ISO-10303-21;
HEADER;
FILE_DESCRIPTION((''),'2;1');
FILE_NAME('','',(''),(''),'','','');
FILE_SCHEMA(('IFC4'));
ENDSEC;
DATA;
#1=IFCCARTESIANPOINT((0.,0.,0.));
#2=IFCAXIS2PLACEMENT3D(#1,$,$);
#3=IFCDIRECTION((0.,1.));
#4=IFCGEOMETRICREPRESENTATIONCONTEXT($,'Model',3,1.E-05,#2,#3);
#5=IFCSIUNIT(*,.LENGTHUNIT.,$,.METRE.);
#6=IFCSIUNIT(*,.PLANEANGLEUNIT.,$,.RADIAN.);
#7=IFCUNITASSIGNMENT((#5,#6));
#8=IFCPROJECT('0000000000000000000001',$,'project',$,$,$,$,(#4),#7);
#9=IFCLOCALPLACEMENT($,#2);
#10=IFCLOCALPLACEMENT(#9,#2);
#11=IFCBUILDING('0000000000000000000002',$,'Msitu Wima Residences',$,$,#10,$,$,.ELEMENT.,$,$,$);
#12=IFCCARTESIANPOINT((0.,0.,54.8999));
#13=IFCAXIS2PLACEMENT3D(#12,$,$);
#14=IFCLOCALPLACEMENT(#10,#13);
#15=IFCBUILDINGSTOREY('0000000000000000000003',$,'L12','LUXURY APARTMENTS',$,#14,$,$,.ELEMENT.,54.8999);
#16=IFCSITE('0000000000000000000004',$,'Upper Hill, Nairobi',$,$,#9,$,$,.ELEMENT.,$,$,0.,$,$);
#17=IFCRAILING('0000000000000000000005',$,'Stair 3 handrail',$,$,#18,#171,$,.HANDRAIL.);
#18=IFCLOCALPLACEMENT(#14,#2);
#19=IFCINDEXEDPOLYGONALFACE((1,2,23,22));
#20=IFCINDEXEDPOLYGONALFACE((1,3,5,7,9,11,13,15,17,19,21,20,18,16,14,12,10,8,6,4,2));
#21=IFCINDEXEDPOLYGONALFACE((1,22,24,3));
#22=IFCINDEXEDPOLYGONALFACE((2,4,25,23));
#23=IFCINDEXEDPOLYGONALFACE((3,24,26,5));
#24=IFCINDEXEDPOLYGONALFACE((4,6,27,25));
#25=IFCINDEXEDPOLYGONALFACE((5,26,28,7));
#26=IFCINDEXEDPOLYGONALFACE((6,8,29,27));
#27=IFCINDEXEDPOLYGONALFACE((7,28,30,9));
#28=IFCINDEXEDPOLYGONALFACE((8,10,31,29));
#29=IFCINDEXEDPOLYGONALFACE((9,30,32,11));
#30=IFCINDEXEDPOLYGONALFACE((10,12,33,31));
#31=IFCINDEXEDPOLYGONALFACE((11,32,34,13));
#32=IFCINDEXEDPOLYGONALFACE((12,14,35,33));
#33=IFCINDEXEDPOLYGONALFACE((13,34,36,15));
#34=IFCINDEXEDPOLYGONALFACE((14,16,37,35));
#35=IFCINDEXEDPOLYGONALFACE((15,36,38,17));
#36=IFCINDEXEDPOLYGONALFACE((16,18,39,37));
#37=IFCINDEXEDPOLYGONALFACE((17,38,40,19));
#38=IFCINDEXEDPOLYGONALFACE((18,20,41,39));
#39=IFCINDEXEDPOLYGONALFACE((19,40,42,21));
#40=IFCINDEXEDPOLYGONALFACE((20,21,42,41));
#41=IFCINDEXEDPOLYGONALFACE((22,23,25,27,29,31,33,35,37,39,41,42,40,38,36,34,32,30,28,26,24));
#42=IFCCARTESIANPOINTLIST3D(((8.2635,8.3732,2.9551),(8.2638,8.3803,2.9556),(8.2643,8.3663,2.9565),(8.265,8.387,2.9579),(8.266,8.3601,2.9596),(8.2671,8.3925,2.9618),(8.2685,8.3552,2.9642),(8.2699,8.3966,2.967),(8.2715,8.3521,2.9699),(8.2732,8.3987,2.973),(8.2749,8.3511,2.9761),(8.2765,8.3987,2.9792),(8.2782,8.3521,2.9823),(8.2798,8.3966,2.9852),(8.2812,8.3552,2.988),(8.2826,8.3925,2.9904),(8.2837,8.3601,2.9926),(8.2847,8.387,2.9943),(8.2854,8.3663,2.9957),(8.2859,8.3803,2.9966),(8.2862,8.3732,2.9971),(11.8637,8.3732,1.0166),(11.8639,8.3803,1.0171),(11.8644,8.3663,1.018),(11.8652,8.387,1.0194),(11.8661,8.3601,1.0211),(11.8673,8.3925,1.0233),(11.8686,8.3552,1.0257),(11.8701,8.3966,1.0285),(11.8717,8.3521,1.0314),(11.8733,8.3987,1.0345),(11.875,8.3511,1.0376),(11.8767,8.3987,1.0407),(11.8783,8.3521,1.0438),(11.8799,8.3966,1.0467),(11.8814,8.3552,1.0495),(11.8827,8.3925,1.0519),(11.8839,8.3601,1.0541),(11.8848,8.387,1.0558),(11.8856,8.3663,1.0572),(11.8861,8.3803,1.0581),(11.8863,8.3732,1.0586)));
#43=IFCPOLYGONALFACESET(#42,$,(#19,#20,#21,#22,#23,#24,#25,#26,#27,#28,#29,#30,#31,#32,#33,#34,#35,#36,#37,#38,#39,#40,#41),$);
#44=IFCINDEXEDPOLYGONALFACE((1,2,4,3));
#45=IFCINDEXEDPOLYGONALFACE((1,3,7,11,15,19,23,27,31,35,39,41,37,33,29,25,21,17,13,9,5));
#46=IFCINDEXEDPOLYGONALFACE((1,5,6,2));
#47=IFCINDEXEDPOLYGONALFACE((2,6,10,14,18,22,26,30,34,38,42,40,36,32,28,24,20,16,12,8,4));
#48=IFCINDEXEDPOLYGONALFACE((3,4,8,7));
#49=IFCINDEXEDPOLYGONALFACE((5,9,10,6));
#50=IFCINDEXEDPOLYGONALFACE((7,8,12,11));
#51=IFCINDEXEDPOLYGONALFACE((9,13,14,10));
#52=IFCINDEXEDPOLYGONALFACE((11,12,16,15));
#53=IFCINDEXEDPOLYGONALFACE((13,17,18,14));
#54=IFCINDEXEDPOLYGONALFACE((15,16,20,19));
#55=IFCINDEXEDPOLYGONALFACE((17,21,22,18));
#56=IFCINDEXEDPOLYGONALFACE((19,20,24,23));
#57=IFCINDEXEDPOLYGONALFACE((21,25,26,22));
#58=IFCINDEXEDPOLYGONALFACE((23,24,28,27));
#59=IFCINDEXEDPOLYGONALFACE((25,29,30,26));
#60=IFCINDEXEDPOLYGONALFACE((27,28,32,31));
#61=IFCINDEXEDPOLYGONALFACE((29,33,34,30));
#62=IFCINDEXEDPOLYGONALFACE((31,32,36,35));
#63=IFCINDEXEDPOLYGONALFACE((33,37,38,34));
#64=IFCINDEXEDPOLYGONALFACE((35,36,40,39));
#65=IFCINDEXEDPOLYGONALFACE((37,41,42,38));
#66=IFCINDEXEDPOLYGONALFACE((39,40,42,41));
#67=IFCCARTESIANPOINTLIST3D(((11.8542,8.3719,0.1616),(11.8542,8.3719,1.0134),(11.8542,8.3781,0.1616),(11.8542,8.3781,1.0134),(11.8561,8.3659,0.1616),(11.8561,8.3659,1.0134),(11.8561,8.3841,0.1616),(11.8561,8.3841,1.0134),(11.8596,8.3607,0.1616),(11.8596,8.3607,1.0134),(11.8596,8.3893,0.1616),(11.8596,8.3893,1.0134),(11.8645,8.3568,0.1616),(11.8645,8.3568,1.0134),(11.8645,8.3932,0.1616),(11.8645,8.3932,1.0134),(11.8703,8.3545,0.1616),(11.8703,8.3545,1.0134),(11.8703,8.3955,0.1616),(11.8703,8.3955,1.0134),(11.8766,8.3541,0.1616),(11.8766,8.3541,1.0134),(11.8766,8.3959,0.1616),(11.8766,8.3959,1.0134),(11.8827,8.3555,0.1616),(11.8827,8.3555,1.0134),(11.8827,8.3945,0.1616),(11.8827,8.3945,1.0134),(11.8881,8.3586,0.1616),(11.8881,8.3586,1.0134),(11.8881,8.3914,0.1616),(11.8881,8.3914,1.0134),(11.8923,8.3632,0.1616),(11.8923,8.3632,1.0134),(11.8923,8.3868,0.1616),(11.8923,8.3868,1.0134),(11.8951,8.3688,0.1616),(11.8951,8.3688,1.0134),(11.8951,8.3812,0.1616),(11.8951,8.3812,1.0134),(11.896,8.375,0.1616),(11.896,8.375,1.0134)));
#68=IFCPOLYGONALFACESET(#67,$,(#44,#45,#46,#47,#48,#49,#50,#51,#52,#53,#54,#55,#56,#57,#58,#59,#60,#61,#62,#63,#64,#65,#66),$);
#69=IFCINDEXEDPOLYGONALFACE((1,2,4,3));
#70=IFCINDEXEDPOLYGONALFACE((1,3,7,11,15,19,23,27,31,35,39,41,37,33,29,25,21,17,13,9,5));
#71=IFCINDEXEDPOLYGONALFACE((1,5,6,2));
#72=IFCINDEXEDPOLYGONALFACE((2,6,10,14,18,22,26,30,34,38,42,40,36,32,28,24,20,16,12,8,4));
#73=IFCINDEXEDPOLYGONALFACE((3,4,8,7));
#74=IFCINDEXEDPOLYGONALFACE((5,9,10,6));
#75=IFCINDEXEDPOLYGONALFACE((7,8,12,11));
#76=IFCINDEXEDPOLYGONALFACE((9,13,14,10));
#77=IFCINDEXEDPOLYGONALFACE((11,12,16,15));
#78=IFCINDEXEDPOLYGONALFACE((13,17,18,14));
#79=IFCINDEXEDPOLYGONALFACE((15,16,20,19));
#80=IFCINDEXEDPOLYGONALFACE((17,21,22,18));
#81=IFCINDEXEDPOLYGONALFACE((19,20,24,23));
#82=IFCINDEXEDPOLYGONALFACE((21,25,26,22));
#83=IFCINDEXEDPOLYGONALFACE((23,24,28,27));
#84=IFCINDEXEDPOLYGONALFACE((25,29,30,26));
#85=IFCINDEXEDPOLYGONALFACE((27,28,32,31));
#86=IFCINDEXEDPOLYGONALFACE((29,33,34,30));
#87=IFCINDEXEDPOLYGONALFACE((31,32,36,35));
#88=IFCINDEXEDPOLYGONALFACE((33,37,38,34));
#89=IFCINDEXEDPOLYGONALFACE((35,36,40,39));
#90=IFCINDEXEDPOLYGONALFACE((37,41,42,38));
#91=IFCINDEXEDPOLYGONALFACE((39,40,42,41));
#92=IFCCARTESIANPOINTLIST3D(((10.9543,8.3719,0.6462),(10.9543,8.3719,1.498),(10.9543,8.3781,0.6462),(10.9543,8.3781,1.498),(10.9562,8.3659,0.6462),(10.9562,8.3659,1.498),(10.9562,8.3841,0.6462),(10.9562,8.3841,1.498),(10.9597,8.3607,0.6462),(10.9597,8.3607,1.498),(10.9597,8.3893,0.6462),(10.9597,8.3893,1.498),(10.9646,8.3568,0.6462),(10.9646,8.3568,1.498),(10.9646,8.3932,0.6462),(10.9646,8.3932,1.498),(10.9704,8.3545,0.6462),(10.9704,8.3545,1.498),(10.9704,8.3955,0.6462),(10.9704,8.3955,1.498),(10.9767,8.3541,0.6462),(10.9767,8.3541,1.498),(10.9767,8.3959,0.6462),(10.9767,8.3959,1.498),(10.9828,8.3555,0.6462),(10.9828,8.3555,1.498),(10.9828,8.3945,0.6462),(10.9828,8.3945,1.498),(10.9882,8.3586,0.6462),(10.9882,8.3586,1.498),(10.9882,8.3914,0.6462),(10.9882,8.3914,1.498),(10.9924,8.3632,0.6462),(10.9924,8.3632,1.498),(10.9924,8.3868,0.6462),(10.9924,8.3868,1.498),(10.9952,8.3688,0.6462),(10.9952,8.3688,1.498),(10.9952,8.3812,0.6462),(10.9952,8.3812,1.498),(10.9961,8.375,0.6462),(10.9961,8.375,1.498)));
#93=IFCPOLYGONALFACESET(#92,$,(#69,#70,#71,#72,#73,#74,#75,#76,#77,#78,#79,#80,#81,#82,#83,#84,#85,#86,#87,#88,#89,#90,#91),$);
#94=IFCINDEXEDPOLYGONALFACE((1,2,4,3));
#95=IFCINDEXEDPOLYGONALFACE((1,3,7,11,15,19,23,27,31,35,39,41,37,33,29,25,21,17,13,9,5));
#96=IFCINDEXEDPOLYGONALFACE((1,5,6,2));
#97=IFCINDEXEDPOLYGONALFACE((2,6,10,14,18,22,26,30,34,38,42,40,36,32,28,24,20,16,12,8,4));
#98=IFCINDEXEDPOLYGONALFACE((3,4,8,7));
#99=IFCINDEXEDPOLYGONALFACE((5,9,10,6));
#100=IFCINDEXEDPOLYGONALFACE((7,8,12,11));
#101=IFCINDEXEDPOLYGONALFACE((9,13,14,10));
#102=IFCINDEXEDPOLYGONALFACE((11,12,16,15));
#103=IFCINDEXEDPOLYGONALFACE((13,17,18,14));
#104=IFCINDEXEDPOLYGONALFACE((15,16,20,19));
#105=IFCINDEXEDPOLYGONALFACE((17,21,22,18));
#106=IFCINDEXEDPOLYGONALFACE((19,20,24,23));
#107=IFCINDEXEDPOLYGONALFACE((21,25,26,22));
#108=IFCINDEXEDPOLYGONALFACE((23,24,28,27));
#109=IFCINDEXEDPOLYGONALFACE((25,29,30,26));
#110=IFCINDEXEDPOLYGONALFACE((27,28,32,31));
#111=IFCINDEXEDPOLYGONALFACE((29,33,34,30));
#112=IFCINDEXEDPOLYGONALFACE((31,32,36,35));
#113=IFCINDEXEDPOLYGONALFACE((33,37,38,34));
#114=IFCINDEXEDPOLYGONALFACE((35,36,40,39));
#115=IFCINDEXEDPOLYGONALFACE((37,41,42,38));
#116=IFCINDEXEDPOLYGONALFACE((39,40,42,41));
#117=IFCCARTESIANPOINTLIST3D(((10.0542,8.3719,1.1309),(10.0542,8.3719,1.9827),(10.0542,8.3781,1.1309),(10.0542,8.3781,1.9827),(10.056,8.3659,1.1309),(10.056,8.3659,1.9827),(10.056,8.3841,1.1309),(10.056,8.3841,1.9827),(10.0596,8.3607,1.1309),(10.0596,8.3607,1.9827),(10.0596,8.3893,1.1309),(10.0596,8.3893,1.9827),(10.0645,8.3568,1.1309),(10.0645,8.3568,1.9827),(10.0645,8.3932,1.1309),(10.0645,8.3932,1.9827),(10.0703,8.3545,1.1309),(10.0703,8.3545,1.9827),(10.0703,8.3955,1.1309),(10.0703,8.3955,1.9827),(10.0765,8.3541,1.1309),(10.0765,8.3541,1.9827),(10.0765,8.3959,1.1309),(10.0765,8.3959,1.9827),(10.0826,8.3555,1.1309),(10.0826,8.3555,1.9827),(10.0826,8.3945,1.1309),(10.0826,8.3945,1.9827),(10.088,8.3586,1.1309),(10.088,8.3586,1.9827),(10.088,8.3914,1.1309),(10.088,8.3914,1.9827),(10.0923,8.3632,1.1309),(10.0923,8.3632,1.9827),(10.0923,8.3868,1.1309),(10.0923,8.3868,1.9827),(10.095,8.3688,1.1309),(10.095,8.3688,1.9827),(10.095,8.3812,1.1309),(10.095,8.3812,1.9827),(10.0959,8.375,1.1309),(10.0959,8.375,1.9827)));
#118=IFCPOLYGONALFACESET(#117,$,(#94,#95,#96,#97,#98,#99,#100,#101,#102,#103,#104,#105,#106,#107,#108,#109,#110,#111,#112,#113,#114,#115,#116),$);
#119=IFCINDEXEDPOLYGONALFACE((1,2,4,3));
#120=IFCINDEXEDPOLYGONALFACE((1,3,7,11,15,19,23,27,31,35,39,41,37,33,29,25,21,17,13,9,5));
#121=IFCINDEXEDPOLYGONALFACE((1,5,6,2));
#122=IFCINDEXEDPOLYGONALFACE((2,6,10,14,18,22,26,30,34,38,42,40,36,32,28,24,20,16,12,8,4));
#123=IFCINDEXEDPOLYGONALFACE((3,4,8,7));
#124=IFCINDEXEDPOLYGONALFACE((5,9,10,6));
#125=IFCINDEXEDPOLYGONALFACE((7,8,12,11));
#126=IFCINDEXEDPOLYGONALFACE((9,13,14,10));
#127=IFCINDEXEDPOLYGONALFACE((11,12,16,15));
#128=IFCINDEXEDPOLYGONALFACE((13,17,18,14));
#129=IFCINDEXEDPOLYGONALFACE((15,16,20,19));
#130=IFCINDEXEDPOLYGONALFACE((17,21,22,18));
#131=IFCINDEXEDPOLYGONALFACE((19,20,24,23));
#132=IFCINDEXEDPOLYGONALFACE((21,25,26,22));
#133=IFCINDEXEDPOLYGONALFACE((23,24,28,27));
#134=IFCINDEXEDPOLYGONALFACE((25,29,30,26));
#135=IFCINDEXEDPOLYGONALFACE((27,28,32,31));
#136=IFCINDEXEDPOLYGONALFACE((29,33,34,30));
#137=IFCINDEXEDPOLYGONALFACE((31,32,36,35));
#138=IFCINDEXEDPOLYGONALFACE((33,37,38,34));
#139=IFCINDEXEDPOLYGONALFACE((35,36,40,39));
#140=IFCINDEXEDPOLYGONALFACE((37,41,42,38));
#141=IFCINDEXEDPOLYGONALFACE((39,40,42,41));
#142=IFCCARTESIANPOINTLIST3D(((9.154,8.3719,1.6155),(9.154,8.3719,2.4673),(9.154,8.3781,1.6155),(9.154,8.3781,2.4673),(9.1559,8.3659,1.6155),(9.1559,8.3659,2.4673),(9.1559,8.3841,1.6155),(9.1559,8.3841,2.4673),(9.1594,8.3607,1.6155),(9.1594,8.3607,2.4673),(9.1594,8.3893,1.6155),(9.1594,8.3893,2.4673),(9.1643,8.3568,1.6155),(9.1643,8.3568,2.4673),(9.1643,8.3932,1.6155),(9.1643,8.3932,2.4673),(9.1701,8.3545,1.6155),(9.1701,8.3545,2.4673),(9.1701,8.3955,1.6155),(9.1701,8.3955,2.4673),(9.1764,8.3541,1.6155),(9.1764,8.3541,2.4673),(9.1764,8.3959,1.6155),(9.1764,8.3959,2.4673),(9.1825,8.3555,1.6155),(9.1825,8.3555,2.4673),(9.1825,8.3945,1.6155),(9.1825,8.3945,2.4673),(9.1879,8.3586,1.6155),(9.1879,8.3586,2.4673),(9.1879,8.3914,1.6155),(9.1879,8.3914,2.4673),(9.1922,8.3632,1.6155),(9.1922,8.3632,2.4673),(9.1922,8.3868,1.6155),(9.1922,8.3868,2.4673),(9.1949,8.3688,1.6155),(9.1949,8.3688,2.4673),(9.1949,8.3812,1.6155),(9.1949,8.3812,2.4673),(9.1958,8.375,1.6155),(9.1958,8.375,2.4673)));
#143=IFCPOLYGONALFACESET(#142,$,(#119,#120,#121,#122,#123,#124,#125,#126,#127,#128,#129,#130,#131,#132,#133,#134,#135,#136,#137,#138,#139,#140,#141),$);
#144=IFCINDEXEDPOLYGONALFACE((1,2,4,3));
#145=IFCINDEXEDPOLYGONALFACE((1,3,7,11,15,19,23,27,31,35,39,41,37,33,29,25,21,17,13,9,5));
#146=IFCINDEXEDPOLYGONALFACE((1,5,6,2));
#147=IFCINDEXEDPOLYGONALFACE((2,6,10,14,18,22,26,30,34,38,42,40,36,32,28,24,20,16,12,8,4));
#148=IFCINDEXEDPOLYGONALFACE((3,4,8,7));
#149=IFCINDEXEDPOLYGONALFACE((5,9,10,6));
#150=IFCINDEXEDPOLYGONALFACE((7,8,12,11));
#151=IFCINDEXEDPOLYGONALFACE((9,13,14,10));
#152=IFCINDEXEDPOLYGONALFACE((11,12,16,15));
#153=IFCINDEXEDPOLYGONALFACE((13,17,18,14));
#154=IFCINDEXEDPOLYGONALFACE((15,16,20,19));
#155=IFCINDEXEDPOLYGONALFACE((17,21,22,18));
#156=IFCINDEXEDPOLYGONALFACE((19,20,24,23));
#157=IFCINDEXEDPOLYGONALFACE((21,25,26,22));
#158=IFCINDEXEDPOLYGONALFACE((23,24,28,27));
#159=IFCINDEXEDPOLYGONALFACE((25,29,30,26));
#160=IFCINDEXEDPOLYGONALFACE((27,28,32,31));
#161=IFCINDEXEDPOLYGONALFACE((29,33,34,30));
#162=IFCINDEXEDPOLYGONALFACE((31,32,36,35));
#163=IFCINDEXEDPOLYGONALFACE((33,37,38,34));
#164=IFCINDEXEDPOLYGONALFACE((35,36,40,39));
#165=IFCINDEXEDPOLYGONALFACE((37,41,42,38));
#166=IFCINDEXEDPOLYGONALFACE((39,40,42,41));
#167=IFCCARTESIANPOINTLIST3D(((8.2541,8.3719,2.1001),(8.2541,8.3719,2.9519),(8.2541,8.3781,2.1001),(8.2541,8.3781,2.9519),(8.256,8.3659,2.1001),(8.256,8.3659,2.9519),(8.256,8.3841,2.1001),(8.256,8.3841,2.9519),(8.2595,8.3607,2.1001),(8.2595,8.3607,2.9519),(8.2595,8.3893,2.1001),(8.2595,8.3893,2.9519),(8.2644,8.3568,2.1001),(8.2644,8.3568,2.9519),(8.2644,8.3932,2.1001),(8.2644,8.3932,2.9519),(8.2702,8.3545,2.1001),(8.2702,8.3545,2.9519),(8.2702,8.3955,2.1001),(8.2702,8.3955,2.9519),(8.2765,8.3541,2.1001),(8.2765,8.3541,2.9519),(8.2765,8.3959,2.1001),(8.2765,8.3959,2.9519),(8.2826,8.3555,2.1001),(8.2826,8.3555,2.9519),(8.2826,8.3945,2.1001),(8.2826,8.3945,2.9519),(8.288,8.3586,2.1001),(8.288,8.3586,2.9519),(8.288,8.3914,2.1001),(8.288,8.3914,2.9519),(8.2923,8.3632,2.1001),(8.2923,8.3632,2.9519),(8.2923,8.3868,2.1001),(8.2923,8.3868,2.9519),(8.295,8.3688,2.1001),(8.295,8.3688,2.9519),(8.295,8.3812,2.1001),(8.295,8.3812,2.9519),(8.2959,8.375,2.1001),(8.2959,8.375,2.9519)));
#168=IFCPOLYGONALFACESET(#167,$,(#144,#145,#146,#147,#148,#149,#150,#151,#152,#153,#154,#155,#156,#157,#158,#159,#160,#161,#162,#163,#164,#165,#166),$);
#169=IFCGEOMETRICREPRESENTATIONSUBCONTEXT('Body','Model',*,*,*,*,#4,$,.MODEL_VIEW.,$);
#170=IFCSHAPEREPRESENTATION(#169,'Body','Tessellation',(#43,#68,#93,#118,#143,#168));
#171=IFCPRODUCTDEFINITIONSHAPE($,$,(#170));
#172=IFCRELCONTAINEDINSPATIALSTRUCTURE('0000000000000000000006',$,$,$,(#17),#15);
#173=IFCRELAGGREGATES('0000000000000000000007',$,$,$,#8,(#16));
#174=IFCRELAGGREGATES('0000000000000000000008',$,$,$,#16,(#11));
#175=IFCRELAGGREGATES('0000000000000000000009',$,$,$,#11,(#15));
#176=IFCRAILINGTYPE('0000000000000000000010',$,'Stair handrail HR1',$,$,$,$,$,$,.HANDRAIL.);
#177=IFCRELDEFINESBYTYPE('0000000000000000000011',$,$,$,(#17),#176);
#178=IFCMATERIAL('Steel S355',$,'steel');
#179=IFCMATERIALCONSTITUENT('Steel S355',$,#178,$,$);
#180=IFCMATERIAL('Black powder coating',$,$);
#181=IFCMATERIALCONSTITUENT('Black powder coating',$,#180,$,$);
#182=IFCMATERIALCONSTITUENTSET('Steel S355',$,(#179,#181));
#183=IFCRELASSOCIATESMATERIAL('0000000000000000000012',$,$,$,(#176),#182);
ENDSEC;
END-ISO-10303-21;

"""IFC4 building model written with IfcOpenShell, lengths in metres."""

from ifc_helpers import new_model, si_unit, direction, frame, origin, origin_2d, place, context, subcontext, project, spatial, circle, extrude, material, constituent, constituent_set, type_object, element, save


model = new_model("IFC4")

# Units and contexts
model_context = context("Model", 3, precision=1e-05, world=origin(), true_north=direction((0.0, 1.0)))
body_context = subcontext(model_context, "Body", "Model", "MODEL_VIEW")
ifc_project = project(units=[si_unit("LENGTHUNIT", "METRE"), si_unit("PLANEANGLEUNIT", "RADIAN")], contexts=[model_context])

# Site, building, storey
site_placement = place(None, origin())
site = spatial("IfcSite", under=ifc_project, at=site_placement, Name="Upper Hill, Nairobi", CompositionType="ELEMENT", RefElevation=0.0)
building_placement = place(site_placement, origin())
building = spatial("IfcBuilding", under=site, at=building_placement, Name="Msitu Wima Residences", CompositionType="ELEMENT")
storey_placement = place(building_placement, frame((0.0, 0.0, 54.8999)))
storey = spatial("IfcBuildingStorey", under=building, at=storey_placement, Name="L12", Description="LUXURY APARTMENTS", CompositionType="ELEMENT", Elevation=54.8999)

# Railing
ifc_material_1 = material(Name="Steel S355", Category="steel")
ifc_constituent_1 = constituent(ifc_material_1, Name="Steel S355")
ifc_material_2 = material(Name="Black powder coating")
ifc_constituent_2 = constituent(ifc_material_2, Name="Black powder coating")
ifc_constituent_set = constituent_set(constituents=[ifc_constituent_1, ifc_constituent_2], Name="Steel S355")
railing_type = type_object("IfcRailingType", Name="Stair handrail HR1", PredefinedType="HANDRAIL", material=ifc_constituent_set)
for number, where, name in (
    (1, (11.875, 8.375, 0.1616), "Stair 3 handrail"),
):
    element("IfcRailing", number, at=place(storey_placement, frame(where)), inside=storey, type_object=railing_type, Name=name, PredefinedType="HANDRAIL", context=body_context, shape_type="SweptSolid", body=[
        extrude(circle(Radius=0.0239, at=origin_2d()), frame((0.0, 0.0, 0.876), z_axis=(-0.880475, 0.0, 0.474093), x_axis=(0.0, -1.0, 0.0)), (0.0, 0.0, 1.0), 4.0889),
        extrude(circle(Radius=0.021, at=origin_2d()), origin(), (0.0, 0.0, 1.0), 0.8518),
        extrude(circle(Radius=0.021, at=origin_2d()), frame((-0.8999, 0.0, 0.4846)), (0.0, 0.0, 1.0), 0.8518),
        extrude(circle(Radius=0.021, at=origin_2d()), frame((-1.8, 0.0, 0.9692)), (0.0, 0.0, 1.0), 0.8518),
        extrude(circle(Radius=0.021, at=origin_2d()), frame((-2.7002, 0.0, 1.4539)), (0.0, 0.0, 1.0), 0.8518),
        extrude(circle(Radius=0.021, at=origin_2d()), frame((-3.6001, 0.0, 1.9385)), (0.0, 0.0, 1.0), 0.8518),
    ])

save(model, "model.ifc")
